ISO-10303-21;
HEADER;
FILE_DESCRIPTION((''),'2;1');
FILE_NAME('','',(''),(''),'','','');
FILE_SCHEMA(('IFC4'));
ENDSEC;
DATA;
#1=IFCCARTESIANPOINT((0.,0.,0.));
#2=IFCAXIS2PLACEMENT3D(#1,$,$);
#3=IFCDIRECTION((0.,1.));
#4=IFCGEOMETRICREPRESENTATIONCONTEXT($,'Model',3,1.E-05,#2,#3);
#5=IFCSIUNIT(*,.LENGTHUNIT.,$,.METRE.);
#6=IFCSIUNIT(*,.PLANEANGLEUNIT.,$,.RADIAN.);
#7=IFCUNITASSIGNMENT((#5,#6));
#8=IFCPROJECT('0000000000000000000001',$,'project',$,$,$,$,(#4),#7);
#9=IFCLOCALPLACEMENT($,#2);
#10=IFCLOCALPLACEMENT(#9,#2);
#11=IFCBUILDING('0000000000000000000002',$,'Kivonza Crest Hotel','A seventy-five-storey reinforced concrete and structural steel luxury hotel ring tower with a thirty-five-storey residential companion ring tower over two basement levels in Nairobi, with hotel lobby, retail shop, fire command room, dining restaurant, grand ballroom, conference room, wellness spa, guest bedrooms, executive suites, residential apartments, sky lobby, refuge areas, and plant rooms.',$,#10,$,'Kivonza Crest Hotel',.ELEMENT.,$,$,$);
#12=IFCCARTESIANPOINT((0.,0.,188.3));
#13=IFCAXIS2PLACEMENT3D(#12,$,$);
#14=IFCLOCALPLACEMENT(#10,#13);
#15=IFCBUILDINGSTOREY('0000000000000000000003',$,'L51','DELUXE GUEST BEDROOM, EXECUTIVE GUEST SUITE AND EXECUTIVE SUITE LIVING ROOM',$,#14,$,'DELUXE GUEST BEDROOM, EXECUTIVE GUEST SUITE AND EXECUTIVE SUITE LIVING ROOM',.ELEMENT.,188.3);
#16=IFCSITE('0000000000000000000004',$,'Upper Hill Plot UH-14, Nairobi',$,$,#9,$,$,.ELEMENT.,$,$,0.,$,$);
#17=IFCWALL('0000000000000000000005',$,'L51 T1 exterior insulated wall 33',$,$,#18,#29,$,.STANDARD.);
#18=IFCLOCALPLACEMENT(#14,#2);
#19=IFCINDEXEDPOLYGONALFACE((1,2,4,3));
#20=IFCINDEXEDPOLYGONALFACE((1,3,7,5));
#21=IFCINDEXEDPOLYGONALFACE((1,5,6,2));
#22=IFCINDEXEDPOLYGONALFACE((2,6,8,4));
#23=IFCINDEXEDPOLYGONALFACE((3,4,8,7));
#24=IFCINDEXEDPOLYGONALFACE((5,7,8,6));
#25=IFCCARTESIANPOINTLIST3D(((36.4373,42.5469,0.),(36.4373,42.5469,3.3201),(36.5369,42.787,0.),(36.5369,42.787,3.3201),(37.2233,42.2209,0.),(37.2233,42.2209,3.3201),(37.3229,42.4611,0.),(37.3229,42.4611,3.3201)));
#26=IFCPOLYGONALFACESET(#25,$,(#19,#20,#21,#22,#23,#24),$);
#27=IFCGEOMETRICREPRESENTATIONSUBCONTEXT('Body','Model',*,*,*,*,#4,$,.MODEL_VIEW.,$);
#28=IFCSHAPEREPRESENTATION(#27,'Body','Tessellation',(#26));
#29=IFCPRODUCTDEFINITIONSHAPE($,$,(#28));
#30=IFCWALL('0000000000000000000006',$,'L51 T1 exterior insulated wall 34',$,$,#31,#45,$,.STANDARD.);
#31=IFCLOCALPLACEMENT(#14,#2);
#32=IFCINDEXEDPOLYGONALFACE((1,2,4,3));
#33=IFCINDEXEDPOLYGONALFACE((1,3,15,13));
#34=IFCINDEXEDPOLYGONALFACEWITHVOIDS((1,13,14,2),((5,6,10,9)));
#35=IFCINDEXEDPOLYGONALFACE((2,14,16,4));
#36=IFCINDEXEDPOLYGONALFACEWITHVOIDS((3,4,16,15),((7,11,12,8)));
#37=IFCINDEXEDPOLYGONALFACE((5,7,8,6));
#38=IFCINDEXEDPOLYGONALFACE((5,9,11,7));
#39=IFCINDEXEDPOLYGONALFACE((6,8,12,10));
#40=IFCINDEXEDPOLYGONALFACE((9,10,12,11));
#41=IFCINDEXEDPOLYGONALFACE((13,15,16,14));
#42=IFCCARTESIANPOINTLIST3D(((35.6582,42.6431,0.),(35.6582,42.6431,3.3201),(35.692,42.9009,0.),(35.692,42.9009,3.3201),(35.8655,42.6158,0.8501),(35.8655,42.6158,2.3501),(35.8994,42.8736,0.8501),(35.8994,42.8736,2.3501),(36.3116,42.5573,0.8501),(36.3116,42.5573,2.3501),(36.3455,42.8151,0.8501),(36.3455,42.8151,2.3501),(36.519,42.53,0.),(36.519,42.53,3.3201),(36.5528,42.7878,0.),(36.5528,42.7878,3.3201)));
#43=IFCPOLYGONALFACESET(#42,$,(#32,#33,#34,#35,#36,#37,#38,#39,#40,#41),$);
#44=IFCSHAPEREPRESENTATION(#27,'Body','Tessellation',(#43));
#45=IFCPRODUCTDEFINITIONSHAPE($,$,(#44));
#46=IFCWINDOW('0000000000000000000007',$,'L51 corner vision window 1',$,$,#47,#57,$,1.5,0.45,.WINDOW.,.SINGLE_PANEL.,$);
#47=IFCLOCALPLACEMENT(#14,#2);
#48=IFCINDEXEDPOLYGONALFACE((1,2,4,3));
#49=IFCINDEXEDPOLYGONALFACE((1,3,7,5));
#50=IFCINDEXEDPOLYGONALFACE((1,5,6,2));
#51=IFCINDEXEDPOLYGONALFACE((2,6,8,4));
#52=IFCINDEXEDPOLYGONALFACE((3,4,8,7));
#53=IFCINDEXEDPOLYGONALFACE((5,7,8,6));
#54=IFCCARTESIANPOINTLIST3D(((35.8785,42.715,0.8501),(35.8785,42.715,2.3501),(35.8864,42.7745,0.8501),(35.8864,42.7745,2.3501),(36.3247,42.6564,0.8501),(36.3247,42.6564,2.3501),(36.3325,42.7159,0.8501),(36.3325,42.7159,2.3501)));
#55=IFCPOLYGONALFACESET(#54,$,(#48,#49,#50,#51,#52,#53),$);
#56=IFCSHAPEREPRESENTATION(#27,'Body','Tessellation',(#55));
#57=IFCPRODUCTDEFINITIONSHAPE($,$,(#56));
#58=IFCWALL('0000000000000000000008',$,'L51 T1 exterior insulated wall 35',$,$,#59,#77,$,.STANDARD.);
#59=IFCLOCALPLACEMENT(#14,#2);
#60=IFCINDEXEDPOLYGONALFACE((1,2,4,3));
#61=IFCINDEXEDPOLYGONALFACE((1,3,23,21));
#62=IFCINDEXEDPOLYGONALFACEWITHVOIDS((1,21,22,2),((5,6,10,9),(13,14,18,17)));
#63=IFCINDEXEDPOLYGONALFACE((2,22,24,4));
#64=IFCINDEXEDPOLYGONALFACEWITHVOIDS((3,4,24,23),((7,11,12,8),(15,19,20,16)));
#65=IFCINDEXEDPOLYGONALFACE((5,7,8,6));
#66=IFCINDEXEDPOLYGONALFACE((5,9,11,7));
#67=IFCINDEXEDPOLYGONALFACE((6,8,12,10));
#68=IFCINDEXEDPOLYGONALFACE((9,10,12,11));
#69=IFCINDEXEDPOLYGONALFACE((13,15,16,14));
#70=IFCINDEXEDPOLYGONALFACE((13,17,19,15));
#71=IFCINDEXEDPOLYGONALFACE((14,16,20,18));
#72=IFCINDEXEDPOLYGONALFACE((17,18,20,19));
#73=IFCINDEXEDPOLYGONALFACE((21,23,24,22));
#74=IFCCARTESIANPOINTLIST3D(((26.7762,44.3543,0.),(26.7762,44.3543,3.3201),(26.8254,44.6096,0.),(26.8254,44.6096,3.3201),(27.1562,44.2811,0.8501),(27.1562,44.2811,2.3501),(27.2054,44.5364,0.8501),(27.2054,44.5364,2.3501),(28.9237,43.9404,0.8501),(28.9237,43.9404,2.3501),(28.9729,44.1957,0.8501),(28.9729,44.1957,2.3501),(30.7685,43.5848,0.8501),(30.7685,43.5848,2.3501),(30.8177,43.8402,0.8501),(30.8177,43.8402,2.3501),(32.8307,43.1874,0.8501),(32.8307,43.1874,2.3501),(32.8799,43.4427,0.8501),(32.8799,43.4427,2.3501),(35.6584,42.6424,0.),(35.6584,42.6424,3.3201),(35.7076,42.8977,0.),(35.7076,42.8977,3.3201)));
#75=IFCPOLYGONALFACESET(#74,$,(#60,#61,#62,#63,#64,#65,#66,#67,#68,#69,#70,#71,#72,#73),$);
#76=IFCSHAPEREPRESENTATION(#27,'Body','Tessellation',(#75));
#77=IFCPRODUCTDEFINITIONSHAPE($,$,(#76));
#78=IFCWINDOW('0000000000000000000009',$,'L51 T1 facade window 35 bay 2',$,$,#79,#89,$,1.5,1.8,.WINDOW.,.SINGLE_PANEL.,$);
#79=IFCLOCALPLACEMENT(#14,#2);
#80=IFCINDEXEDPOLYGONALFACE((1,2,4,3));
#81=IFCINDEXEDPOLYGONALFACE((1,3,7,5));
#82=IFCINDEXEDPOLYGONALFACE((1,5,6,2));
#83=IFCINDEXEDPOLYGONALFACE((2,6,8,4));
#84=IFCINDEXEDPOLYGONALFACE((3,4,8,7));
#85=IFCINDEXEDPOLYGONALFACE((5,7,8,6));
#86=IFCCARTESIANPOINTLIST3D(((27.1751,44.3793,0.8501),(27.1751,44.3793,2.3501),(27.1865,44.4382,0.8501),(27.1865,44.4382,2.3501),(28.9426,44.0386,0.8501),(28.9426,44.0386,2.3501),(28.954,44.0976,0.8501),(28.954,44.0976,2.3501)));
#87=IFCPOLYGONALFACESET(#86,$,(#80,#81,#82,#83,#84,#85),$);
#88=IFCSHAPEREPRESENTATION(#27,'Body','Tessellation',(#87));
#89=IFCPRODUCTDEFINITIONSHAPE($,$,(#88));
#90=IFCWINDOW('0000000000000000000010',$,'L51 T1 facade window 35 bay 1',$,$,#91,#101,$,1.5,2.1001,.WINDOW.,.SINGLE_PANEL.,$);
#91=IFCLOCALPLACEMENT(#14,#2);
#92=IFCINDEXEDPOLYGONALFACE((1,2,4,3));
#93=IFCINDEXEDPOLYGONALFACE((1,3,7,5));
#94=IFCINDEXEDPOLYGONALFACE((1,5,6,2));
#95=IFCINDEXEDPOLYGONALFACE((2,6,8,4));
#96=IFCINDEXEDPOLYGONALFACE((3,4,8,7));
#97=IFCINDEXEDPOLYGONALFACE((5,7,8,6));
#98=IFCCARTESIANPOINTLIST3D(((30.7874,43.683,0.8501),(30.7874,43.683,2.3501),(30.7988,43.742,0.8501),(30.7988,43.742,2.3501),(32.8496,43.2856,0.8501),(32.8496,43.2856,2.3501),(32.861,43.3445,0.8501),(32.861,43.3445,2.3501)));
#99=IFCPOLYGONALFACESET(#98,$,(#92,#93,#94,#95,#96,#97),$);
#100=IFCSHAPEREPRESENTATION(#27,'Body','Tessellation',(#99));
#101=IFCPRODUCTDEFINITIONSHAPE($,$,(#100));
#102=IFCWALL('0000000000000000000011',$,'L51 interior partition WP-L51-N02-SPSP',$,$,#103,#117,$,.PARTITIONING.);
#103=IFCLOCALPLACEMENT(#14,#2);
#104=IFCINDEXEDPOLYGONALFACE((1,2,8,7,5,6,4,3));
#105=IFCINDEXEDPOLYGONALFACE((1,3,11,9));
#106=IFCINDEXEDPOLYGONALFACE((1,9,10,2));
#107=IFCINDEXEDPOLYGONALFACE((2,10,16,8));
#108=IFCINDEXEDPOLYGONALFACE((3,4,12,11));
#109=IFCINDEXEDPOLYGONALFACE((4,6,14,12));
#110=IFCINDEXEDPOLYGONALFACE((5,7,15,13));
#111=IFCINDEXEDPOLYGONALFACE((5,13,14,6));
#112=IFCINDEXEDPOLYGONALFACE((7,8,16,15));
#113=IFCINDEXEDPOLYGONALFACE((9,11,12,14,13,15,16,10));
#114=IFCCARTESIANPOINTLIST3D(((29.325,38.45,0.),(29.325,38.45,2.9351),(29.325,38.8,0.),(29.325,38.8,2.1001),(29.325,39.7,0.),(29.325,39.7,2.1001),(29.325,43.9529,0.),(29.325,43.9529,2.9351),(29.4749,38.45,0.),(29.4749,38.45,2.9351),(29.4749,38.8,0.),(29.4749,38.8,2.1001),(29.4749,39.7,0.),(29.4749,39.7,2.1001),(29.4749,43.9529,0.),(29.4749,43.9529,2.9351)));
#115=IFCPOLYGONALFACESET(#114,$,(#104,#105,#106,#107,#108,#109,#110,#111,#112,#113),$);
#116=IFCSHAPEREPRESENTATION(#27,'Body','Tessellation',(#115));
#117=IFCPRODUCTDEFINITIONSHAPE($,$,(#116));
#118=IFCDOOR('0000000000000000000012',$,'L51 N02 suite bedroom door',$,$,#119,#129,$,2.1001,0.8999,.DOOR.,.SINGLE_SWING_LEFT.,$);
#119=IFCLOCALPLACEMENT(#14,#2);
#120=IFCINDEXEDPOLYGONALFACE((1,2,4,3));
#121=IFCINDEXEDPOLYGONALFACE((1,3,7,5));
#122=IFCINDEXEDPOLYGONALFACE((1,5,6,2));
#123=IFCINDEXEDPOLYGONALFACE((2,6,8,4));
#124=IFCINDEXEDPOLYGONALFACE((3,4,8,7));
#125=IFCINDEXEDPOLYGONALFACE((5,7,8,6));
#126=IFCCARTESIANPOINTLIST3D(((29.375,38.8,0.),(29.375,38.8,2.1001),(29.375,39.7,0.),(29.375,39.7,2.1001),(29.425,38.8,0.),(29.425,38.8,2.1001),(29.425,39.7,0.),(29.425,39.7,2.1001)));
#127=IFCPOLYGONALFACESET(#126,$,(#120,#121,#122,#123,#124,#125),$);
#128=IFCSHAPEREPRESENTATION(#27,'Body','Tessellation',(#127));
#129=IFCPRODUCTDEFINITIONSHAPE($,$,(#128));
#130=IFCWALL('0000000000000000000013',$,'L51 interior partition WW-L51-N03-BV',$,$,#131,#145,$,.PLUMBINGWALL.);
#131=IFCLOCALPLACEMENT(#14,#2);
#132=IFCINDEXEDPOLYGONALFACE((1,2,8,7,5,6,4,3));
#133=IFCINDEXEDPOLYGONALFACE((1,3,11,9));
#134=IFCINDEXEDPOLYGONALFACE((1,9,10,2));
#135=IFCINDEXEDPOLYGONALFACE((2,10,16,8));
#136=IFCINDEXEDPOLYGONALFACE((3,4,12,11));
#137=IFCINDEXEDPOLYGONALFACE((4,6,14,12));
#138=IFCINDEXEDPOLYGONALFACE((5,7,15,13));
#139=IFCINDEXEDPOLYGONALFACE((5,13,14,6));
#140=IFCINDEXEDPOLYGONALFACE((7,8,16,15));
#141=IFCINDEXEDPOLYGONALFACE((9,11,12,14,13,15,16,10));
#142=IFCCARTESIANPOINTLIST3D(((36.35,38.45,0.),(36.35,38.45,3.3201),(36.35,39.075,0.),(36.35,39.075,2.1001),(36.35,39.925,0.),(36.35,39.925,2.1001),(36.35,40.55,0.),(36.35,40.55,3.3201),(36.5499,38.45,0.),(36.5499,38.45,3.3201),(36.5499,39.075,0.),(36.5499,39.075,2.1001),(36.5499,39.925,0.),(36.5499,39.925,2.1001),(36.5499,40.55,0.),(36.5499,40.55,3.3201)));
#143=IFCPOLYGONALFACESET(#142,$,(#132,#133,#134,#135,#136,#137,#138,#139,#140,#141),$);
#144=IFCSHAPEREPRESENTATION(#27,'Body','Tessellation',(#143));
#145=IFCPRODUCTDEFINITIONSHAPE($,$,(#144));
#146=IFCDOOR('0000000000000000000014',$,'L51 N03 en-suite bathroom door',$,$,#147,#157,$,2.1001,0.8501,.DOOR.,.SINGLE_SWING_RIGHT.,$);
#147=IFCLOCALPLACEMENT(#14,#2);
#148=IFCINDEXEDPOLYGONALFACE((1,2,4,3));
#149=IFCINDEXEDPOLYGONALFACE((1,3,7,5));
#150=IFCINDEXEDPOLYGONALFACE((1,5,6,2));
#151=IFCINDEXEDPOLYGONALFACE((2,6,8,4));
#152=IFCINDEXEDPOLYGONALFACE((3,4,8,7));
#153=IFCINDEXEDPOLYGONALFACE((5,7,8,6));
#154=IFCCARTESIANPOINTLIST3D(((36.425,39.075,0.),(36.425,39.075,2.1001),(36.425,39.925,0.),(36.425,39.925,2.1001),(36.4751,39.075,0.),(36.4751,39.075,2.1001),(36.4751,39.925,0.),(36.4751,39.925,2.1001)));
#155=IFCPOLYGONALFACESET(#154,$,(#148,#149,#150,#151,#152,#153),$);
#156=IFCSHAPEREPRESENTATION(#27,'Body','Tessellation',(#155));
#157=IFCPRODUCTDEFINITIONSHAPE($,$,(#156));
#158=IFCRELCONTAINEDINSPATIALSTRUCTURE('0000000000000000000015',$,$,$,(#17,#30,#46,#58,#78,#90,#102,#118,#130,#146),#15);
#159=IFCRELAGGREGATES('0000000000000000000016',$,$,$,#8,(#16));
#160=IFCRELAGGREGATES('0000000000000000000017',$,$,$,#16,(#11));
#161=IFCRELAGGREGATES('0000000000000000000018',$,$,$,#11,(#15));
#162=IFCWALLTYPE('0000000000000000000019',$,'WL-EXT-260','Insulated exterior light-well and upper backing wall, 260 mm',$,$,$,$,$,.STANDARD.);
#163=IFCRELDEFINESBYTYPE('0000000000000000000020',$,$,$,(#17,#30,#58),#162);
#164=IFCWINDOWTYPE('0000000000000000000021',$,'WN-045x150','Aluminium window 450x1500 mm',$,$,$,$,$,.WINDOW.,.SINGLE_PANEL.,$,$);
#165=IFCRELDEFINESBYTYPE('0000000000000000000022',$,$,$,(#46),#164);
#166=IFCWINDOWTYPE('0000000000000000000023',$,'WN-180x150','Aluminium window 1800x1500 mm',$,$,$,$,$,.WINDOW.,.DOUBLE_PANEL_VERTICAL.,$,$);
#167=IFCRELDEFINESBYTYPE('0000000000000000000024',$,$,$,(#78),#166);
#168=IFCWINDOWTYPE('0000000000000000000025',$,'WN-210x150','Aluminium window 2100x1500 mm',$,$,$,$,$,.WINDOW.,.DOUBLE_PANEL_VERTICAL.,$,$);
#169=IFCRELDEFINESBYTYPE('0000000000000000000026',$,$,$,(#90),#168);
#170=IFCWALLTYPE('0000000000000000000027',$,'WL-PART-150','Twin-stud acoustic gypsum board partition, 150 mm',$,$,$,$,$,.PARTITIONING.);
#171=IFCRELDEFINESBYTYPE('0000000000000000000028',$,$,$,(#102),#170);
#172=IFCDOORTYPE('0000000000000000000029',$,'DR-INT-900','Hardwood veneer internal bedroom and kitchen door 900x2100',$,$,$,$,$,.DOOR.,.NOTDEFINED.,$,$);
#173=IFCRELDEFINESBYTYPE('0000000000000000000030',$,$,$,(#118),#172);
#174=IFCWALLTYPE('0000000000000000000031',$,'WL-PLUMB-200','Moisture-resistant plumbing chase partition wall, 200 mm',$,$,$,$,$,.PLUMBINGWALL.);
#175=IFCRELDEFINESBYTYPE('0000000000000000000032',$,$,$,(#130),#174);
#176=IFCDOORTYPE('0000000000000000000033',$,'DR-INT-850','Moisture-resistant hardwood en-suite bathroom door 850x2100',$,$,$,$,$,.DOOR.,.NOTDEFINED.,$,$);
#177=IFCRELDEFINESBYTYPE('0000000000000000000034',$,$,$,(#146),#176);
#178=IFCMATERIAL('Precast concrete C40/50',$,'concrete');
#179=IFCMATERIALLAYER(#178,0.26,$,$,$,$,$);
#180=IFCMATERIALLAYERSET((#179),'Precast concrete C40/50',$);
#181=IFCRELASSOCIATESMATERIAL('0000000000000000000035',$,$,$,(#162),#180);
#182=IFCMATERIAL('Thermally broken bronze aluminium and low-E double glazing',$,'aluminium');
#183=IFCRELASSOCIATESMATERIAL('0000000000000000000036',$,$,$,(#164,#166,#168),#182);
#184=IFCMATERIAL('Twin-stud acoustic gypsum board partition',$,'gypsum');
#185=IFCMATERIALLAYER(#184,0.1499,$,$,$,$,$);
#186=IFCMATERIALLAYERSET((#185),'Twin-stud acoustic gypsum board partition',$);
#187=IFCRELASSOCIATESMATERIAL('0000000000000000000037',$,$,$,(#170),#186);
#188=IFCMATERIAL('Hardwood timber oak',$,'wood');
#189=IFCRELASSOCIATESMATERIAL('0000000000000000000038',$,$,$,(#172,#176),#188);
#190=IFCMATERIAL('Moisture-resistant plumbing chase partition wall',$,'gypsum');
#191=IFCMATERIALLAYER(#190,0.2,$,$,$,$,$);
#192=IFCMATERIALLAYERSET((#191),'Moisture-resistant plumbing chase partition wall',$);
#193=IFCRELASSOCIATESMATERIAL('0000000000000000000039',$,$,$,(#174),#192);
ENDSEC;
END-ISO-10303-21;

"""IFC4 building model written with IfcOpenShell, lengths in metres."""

from ifc_helpers import new_model, si_unit, direction, frame, frame_2d, origin, place, context, subcontext, project, spatial, rectangle, extrude, material, layer, layer_set, type_object, element, fill, save


model = new_model("IFC4")

# Units and contexts
model_context = context("Model", 3, precision=1e-05, world=origin(), true_north=direction((0.0, 1.0)))
body_context = subcontext(model_context, "Body", "Model", "MODEL_VIEW")
ifc_project = project(units=[si_unit("LENGTHUNIT", "METRE"), si_unit("PLANEANGLEUNIT", "RADIAN")], contexts=[model_context])

# Site, building, storey
site_placement = place(None, origin())
site = spatial("IfcSite", under=ifc_project, at=site_placement, Name="Upper Hill Plot UH-14, Nairobi", CompositionType="ELEMENT", RefElevation=0.0)
building_placement = place(site_placement, origin())
building = spatial("IfcBuilding", under=site, at=building_placement, Name="Kivonza Crest Hotel", Description="A seventy-five-storey reinforced concrete and structural steel luxury hotel ring tower with a thirty-five-storey residential companion ring tower over two basement levels in Nairobi, with hotel lobby, retail shop, fire command room, dining restaurant, grand ballroom, conference room, wellness spa, guest bedrooms, executive suites, residential apartments, sky lobby, refuge areas, and plant rooms.", LongName="Kivonza Crest Hotel", CompositionType="ELEMENT")
storey_placement = place(building_placement, frame((0.0, 0.0, 188.3)))
storey = spatial("IfcBuildingStorey", under=building, at=storey_placement, Name="L51", Description="DELUXE GUEST BEDROOM, EXECUTIVE GUEST SUITE AND EXECUTIVE SUITE LIVING ROOM", LongName="DELUXE GUEST BEDROOM, EXECUTIVE GUEST SUITE AND EXECUTIVE SUITE LIVING ROOM", CompositionType="ELEMENT", Elevation=188.3)

# Wall
ifc_material_1 = material(Name="Precast concrete C40/50", Category="concrete")
ifc_layer_1 = layer(ifc_material_1, 0.26)
ifc_layer_set_1 = layer_set([ifc_layer_1], Name="Precast concrete C40/50")
wall_type_1 = type_object("IfcWallType", Name="WL-EXT-260", Description="Insulated exterior light-well and upper backing wall, 260 mm", PredefinedType="STANDARD", material=ifc_layer_set_1)
wall_1_placement = place(storey_placement, frame((37.2729, 42.3411, 0.0), z_axis=(0.0, 0.0, 1.0), x_axis=(-0.923712, 0.383087, 0.0)))
element("IfcWall", 1, at=wall_1_placement, inside=storey, type_object=wall_type_1, Name="L51 T1 exterior insulated wall 33", PredefinedType="STANDARD", context=body_context, shape_type="SweptSolid", body=[
    extrude(rectangle(XDim=0.8508, YDim=0.26, at=frame_2d((0.4253, 0.0))), origin(), (0.0, 0.0, 1.0), 3.3201),
])

# Wall, opening, window
wall_2_placement = place(storey_placement, frame((36.5359, 42.6589, 0.0), z_axis=(0.0, 0.0, 1.0), x_axis=(-0.991489, 0.130193, 0.0)))
wall_2 = element("IfcWall", 2, at=wall_2_placement, inside=storey, type_object=wall_type_1, Name="L51 T1 exterior insulated wall 34", PredefinedType="STANDARD", context=body_context, shape_type="SweptSolid", body=[
    extrude(rectangle(XDim=0.8682, YDim=0.26, at=frame_2d((0.4341, 0.0))), origin(), (0.0, 0.0, 1.0), 3.3201),
])
opening_1_placement = place(wall_2_placement, frame((0.209, 0.0, 0.8501)))
opening_1 = element("IfcOpeningElement", 3, at=opening_1_placement, cuts=wall_2, PredefinedType="OPENING", context=body_context, shape_type="SweptSolid", body=[
    extrude(rectangle(XDim=0.45, YDim=1.5, at=frame_2d((0.2251, 0.75))), frame((0.0, 0.1401, 0.0), z_axis=(0.0, -1.0, 0.0), x_axis=(1.0, 0.0, 0.0)), (0.0, 0.0, 1.0), 0.28),
])
ifc_material_2 = material(Name="Thermally broken bronze aluminium and low-E double glazing", Category="aluminium")
window_type_1 = type_object("IfcWindowType", Name="WN-045x150", Description="Aluminium window 450x1500 mm", PartitioningType="SINGLE_PANEL", PredefinedType="WINDOW", material=ifc_material_2)
window_1_placement = place(opening_1_placement, origin())
window_1 = element("IfcWindow", 4, at=window_1_placement, inside=storey, type_object=window_type_1, Name="L51 corner vision window 1", OverallHeight=1.5, OverallWidth=0.45, PartitioningType="SINGLE_PANEL", PredefinedType="WINDOW", context=body_context, shape_type="SweptSolid", body=[
    extrude(rectangle(XDim=0.45, YDim=1.5, at=frame_2d((0.2251, 0.75))), frame((0.0, 0.03, 0.0), z_axis=(0.0, -1.0, 0.0), x_axis=(1.0, 0.0, 0.0)), (0.0, 0.0, 1.0), 0.0601),
])
fill(opening_1, window_1)

# Wall, openings, windows
wall_3_placement = place(storey_placement, frame((35.6831, 42.77, 0.0), z_axis=(0.0, 0.0, 1.0), x_axis=(-0.981928, 0.189255, 0.0)))
wall_3 = element("IfcWall", 5, at=wall_3_placement, inside=storey, type_object=wall_type_1, Name="L51 T1 exterior insulated wall 35", PredefinedType="STANDARD", context=body_context, shape_type="SweptSolid", body=[
    extrude(rectangle(XDim=9.0457, YDim=0.26, at=frame_2d((4.5229, 0.0))), origin(), (0.0, 0.0, 1.0), 3.3201),
])
opening_2_placement = place(wall_3_placement, frame((2.8799, 0.0, 0.8501)))
opening_2 = element("IfcOpeningElement", 6, at=opening_2_placement, cuts=wall_3, PredefinedType="OPENING", context=body_context, shape_type="SweptSolid", body=[
    extrude(rectangle(XDim=2.1001, YDim=1.5, at=frame_2d((1.05, 0.75))), frame((0.0, 0.1401, 0.0), z_axis=(0.0, -1.0, 0.0), x_axis=(1.0, 0.0, 0.0)), (0.0, 0.0, 1.0), 0.28),
])
opening_3_placement = place(wall_3_placement, frame((6.8589, 0.0, 0.8501)))
opening_3 = element("IfcOpeningElement", 7, at=opening_3_placement, cuts=wall_3, PredefinedType="OPENING", context=body_context, shape_type="SweptSolid", body=[
    extrude(rectangle(XDim=1.8, YDim=1.5, at=frame_2d((0.8999, 0.75))), frame((0.0, 0.1401, 0.0), z_axis=(0.0, -1.0, 0.0), x_axis=(1.0, 0.0, 0.0)), (0.0, 0.0, 1.0), 0.28),
])
window_type_2 = type_object("IfcWindowType", Name="WN-180x150", Description="Aluminium window 1800x1500 mm", PartitioningType="DOUBLE_PANEL_VERTICAL", PredefinedType="WINDOW", material=ifc_material_2)
window_2_placement = place(opening_3_placement, origin())
window_2 = element("IfcWindow", 8, at=window_2_placement, inside=storey, type_object=window_type_2, Name="L51 T1 facade window 35 bay 2", OverallHeight=1.5, OverallWidth=1.8, PartitioningType="SINGLE_PANEL", PredefinedType="WINDOW", context=body_context, shape_type="SweptSolid", body=[
    extrude(rectangle(XDim=1.8, YDim=1.5, at=frame_2d((0.8999, 0.75))), frame((0.0, 0.03, 0.0), z_axis=(0.0, -1.0, 0.0), x_axis=(1.0, 0.0, 0.0)), (0.0, 0.0, 1.0), 0.0601),
])
fill(opening_3, window_2)
window_type_3 = type_object("IfcWindowType", Name="WN-210x150", Description="Aluminium window 2100x1500 mm", PartitioningType="DOUBLE_PANEL_VERTICAL", PredefinedType="WINDOW", material=ifc_material_2)
window_3_placement = place(opening_2_placement, origin())
window_3 = element("IfcWindow", 9, at=window_3_placement, inside=storey, type_object=window_type_3, Name="L51 T1 facade window 35 bay 1", OverallHeight=1.5, OverallWidth=2.1001, PartitioningType="SINGLE_PANEL", PredefinedType="WINDOW", context=body_context, shape_type="SweptSolid", body=[
    extrude(rectangle(XDim=2.1001, YDim=1.5, at=frame_2d((1.05, 0.75))), frame((0.0, 0.03, 0.0), z_axis=(0.0, -1.0, 0.0), x_axis=(1.0, 0.0, 0.0)), (0.0, 0.0, 1.0), 0.0601),
])
fill(opening_2, window_3)

# Walls, openings, doors
ifc_material_3 = material(Name="Twin-stud acoustic gypsum board partition", Category="gypsum")
ifc_layer_2 = layer(ifc_material_3, 0.1499)
ifc_layer_set_2 = layer_set([ifc_layer_2], Name="Twin-stud acoustic gypsum board partition")
wall_type_2 = type_object("IfcWallType", Name="WL-PART-150", Description="Twin-stud acoustic gypsum board partition, 150 mm", PredefinedType="PARTITIONING", material=ifc_layer_set_2)
wall_4_placement = place(storey_placement, frame((29.3999, 38.45, 0.0), z_axis=(0.0, 0.0, 1.0), x_axis=(0.0, 1.0, 0.0)))
wall_4 = element("IfcWall", 10, at=wall_4_placement, inside=storey, type_object=wall_type_2, Name="L51 interior partition WP-L51-N02-SPSP", PredefinedType="PARTITIONING", context=body_context, shape_type="SweptSolid", body=[
    extrude(rectangle(XDim=5.5029, YDim=0.1499, at=frame_2d((2.7515, 0.0))), origin(), (0.0, 0.0, 1.0), 2.9351),
])
opening_4_placement = place(wall_4_placement, frame((0.3501, 0.0, 0.0)))
opening_4 = element("IfcOpeningElement", 11, at=opening_4_placement, cuts=wall_4, PredefinedType="OPENING", context=body_context, shape_type="SweptSolid", body=[
    extrude(rectangle(XDim=0.8999, YDim=2.1001, at=frame_2d((0.45, 1.05))), frame((0.0, 0.085, 0.0), z_axis=(0.0, -1.0, 0.0), x_axis=(1.0, 0.0, 0.0)), (0.0, 0.0, 1.0), 0.1699),
])
ifc_material_4 = material(Name="Hardwood timber oak", Category="wood")
door_type_1 = type_object("IfcDoorType", Name="DR-INT-900", Description="Hardwood veneer internal bedroom and kitchen door 900x2100", OperationType="NOTDEFINED", PredefinedType="DOOR", material=ifc_material_4)
door_1_placement = place(opening_4_placement, origin())
door_1 = element("IfcDoor", 12, at=door_1_placement, inside=storey, type_object=door_type_1, Name="L51 N02 suite bedroom door", OperationType="SINGLE_SWING_LEFT", OverallHeight=2.1001, OverallWidth=0.8999, PredefinedType="DOOR", context=body_context, shape_type="SweptSolid", body=[
    extrude(rectangle(XDim=0.8999, YDim=2.1001, at=frame_2d((0.45, 1.05))), frame((0.0, 0.0249, 0.0), z_axis=(0.0, -1.0, 0.0), x_axis=(1.0, 0.0, 0.0)), (0.0, 0.0, 1.0), 0.05),
])
fill(opening_4, door_1)
ifc_material_5 = material(Name="Moisture-resistant plumbing chase partition wall", Category="gypsum")
ifc_layer_3 = layer(ifc_material_5, 0.2)
ifc_layer_set_3 = layer_set([ifc_layer_3], Name="Moisture-resistant plumbing chase partition wall")
wall_type_3 = type_object("IfcWallType", Name="WL-PLUMB-200", Description="Moisture-resistant plumbing chase partition wall, 200 mm", PredefinedType="PLUMBINGWALL", material=ifc_layer_set_3)
wall_5_placement = place(storey_placement, frame((36.45, 38.45, 0.0), z_axis=(0.0, 0.0, 1.0), x_axis=(0.0, 1.0, 0.0)))
wall_5 = element("IfcWall", 13, at=wall_5_placement, inside=storey, type_object=wall_type_3, Name="L51 interior partition WW-L51-N03-BV", PredefinedType="PLUMBINGWALL", context=body_context, shape_type="SweptSolid", body=[
    extrude(rectangle(XDim=2.1001, YDim=0.2, at=frame_2d((1.05, 0.0))), origin(), (0.0, 0.0, 1.0), 3.3201),
])
opening_5_placement = place(wall_5_placement, frame((0.625, 0.0, 0.0)))
opening_5 = element("IfcOpeningElement", 14, at=opening_5_placement, cuts=wall_5, PredefinedType="OPENING", context=body_context, shape_type="SweptSolid", body=[
    extrude(rectangle(XDim=0.8501, YDim=2.1001, at=frame_2d((0.425, 1.05))), frame((0.0, 0.1099, 0.0), z_axis=(0.0, -1.0, 0.0), x_axis=(1.0, 0.0, 0.0)), (0.0, 0.0, 1.0), 0.22),
])
door_type_2 = type_object("IfcDoorType", Name="DR-INT-850", Description="Moisture-resistant hardwood en-suite bathroom door 850x2100", OperationType="NOTDEFINED", PredefinedType="DOOR", material=ifc_material_4)
door_2_placement = place(opening_5_placement, origin())
door_2 = element("IfcDoor", 15, at=door_2_placement, inside=storey, type_object=door_type_2, Name="L51 N03 en-suite bathroom door", OperationType="SINGLE_SWING_RIGHT", OverallHeight=2.1001, OverallWidth=0.8501, PredefinedType="DOOR", context=body_context, shape_type="SweptSolid", body=[
    extrude(rectangle(XDim=0.8501, YDim=2.1001, at=frame_2d((0.425, 1.05))), frame((0.0, 0.0249, 0.0), z_axis=(0.0, -1.0, 0.0), x_axis=(1.0, 0.0, 0.0)), (0.0, 0.0, 1.0), 0.05),
])
fill(opening_5, door_2)

save(model, "model.ifc")
